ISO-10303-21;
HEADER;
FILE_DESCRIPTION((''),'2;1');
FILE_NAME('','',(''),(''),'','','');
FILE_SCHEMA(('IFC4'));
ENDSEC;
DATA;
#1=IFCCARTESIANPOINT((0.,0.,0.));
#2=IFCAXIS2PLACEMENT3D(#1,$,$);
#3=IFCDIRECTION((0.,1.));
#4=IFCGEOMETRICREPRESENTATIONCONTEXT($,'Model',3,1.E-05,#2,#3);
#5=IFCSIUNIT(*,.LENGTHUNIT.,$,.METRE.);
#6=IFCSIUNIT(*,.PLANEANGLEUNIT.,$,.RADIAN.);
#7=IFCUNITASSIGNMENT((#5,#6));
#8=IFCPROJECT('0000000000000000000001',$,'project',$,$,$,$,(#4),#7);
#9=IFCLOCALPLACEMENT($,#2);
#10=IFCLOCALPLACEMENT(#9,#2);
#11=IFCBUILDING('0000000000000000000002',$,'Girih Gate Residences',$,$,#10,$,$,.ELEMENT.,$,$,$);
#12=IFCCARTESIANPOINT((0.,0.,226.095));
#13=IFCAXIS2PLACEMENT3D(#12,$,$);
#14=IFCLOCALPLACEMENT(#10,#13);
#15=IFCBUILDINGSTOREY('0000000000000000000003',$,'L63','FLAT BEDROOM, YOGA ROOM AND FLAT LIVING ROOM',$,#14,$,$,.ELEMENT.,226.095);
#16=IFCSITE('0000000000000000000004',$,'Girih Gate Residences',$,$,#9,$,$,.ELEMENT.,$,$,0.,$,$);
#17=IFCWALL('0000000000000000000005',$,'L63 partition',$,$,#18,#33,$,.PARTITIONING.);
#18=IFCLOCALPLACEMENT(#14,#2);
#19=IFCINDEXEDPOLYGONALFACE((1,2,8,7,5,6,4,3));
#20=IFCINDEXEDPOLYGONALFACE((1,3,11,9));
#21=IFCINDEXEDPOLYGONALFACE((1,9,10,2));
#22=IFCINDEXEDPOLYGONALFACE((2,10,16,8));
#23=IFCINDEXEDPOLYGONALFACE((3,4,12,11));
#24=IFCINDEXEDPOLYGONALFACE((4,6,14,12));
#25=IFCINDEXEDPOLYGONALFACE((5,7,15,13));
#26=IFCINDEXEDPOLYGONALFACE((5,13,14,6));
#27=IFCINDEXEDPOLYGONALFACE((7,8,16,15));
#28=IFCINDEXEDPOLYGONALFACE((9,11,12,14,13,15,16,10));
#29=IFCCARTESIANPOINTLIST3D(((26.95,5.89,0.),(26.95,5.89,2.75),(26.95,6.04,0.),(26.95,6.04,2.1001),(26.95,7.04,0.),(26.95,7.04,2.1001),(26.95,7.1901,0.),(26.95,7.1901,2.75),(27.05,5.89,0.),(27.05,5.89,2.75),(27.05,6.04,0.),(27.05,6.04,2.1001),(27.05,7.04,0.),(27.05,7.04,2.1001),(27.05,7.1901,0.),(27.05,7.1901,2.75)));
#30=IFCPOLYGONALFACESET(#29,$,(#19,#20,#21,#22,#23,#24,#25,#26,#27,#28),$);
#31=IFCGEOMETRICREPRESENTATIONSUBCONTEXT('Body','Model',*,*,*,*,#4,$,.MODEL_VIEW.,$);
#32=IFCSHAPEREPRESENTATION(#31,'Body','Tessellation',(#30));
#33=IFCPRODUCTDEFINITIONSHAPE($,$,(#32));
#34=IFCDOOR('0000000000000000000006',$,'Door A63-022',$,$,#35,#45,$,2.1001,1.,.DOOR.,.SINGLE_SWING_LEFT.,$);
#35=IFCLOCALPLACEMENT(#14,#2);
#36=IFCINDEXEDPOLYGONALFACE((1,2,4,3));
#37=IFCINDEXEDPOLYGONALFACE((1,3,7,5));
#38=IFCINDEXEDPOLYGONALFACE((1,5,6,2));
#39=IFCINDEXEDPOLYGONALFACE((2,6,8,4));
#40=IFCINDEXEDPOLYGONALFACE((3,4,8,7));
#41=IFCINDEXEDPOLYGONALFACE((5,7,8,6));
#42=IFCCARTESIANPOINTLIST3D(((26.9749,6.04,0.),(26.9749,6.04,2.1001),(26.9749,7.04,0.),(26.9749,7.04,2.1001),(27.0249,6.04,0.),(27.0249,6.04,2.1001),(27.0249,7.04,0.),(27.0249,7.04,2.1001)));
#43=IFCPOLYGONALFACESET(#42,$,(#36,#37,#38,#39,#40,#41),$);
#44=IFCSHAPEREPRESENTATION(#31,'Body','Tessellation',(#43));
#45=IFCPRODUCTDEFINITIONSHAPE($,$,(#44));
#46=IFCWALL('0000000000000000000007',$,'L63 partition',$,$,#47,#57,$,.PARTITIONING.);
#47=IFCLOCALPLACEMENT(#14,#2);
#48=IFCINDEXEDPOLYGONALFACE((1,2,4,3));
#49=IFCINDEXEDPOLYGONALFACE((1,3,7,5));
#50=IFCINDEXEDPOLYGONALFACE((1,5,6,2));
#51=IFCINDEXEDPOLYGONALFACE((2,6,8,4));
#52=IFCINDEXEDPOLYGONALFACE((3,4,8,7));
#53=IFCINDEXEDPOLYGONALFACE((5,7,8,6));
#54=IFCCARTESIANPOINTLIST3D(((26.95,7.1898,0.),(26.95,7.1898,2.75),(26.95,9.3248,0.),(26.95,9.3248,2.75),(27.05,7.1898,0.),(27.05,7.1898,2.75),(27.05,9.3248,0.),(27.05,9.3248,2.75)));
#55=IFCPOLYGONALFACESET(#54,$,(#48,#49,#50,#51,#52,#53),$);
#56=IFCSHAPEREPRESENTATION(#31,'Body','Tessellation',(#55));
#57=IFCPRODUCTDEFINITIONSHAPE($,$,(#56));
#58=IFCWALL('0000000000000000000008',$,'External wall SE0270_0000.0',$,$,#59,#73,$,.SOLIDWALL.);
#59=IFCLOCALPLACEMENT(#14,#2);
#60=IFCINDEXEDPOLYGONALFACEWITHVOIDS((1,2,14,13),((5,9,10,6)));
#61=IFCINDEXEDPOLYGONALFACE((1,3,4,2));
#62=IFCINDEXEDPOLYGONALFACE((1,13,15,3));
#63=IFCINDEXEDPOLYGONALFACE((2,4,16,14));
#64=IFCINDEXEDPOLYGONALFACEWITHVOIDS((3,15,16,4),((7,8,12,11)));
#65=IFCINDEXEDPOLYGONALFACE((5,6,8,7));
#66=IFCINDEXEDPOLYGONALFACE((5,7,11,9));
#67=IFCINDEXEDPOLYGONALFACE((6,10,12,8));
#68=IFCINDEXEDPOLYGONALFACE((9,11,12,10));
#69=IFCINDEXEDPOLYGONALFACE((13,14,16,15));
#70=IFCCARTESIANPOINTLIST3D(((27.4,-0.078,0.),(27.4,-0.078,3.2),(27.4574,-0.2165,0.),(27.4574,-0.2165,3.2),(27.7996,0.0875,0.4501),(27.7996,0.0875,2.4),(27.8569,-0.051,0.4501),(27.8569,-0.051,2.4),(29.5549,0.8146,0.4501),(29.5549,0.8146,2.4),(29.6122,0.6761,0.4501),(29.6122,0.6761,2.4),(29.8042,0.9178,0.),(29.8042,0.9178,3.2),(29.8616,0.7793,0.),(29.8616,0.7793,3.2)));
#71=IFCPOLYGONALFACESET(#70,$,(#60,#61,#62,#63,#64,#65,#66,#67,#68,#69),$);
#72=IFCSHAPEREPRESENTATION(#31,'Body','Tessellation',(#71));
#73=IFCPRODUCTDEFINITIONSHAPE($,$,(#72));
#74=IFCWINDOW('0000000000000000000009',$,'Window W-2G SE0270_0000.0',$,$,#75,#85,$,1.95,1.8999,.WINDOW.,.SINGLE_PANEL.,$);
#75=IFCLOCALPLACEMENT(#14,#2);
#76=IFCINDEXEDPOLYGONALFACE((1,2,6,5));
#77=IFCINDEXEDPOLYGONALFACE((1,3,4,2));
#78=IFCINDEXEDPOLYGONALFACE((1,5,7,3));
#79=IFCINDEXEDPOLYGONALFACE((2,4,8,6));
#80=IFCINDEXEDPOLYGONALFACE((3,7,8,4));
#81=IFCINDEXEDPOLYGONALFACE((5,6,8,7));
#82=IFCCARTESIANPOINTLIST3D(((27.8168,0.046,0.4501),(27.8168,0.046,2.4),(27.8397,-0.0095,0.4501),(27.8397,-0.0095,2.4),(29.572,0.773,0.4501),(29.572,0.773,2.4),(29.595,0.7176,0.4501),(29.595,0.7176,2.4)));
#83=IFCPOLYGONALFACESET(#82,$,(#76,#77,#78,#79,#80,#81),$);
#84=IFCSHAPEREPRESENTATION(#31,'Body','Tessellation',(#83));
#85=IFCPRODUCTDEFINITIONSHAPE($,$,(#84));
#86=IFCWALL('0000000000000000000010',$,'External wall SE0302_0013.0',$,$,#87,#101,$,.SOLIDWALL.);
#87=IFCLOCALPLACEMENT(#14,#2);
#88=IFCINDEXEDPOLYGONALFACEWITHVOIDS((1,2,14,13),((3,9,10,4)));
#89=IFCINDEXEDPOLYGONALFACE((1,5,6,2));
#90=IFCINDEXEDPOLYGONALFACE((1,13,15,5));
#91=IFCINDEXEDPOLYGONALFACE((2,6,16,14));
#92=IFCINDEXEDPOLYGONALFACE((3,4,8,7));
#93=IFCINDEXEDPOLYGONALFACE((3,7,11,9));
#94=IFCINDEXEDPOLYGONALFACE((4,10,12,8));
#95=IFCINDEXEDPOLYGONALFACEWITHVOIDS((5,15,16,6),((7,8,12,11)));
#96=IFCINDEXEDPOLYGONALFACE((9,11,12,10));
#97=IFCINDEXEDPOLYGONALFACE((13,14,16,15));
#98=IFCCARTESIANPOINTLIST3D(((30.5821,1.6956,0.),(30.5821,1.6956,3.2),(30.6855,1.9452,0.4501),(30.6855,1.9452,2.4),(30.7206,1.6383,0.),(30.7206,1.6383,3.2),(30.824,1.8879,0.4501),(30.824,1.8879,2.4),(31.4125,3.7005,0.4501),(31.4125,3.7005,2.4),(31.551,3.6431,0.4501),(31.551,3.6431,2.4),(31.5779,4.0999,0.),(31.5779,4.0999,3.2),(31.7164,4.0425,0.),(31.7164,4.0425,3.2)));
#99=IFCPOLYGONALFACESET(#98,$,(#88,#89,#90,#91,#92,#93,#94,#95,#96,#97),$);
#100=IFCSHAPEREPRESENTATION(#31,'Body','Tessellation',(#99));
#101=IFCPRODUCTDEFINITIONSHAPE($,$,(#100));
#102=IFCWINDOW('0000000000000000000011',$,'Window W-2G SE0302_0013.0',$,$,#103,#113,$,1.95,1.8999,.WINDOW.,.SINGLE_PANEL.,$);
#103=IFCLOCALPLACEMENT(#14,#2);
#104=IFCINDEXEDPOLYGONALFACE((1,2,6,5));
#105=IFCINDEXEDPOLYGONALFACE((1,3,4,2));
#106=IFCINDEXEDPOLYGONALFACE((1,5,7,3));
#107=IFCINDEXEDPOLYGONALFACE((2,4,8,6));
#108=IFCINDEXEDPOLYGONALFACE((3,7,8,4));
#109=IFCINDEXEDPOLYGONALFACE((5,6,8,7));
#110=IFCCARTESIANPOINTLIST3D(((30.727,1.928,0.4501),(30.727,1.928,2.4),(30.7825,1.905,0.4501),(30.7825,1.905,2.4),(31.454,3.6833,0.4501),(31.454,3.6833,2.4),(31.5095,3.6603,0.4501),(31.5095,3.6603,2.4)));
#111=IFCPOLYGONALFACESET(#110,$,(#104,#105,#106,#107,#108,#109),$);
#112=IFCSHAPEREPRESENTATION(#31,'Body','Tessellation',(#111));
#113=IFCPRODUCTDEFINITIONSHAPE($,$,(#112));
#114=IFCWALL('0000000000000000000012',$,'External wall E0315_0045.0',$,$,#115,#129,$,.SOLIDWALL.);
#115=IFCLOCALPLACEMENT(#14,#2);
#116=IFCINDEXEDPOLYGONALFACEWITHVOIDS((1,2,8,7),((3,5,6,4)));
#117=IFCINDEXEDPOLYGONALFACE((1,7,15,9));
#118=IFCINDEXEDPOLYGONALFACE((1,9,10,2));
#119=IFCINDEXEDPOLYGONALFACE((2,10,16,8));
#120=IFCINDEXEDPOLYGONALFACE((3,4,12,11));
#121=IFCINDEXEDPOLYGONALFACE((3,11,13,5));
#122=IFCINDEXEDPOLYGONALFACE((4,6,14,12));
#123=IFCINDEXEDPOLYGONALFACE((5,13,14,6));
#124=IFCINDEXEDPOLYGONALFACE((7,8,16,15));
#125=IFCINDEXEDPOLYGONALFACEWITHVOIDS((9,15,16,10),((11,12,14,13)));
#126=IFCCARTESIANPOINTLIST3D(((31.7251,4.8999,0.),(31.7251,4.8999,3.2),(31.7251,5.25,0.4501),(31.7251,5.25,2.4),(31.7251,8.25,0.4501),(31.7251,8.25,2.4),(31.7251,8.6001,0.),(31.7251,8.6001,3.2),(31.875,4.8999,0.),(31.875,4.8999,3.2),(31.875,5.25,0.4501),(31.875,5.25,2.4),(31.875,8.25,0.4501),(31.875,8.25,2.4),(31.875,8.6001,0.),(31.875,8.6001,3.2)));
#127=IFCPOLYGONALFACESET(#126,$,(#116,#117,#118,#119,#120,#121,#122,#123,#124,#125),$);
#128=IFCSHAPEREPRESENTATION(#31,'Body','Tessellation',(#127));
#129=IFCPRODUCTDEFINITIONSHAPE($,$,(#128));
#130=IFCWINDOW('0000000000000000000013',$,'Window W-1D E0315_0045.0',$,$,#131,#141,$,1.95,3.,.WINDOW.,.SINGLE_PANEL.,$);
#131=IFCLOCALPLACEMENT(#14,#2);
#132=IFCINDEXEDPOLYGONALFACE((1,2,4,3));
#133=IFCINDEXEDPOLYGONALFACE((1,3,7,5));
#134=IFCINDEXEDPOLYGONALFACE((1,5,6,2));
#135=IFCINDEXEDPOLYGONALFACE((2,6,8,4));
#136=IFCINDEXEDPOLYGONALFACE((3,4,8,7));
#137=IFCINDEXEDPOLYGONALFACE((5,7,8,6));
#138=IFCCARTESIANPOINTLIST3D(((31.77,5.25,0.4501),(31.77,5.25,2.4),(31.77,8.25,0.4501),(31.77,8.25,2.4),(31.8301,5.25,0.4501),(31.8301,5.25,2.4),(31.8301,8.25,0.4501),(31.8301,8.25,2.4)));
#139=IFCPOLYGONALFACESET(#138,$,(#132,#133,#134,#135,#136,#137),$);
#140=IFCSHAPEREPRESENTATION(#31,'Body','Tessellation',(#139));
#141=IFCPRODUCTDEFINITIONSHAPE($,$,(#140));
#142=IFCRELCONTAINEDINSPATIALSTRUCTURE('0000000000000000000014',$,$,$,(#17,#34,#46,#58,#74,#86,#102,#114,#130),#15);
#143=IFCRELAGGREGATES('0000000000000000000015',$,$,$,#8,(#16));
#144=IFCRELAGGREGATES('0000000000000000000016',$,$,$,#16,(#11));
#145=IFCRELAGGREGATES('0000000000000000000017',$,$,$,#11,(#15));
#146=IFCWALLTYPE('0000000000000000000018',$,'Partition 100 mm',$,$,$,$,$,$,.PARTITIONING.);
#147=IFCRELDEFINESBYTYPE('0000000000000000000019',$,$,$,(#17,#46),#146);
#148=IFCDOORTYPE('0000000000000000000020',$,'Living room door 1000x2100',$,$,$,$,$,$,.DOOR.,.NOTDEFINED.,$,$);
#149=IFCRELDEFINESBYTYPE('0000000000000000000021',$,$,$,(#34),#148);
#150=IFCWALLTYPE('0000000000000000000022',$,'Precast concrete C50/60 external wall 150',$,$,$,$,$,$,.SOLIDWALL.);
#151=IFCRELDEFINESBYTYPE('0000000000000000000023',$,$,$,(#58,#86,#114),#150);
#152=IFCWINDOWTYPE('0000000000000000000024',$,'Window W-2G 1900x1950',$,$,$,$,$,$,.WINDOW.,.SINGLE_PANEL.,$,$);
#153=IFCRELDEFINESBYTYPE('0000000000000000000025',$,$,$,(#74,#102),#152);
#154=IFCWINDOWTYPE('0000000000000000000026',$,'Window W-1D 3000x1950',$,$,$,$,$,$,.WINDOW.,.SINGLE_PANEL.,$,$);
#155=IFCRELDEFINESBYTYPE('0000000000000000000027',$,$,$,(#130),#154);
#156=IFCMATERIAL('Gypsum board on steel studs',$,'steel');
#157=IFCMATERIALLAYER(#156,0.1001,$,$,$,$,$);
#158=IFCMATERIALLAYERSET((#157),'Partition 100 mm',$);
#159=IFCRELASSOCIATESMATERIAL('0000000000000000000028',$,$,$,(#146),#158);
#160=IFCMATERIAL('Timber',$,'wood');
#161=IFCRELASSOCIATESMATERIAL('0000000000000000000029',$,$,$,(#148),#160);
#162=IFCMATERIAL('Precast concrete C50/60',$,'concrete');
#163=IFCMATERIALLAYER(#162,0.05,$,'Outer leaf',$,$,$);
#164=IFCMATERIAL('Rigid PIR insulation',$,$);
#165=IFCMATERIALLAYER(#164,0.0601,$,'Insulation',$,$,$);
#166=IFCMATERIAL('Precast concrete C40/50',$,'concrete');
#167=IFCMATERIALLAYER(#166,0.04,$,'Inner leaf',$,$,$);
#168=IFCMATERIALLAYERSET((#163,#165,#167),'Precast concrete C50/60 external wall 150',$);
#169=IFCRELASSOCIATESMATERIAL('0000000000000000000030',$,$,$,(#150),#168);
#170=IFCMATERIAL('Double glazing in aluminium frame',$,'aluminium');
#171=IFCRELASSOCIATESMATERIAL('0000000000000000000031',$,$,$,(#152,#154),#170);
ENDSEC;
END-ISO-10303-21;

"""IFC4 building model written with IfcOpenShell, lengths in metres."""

from ifc_helpers import new_model, si_unit, direction, frame, frame_2d, origin, place, context, subcontext, project, spatial, rectangle, extrude, material, layer, layer_set, type_object, element, fill, save


model = new_model("IFC4")

# Units and contexts
model_context = context("Model", 3, precision=1e-05, world=origin(), true_north=direction((0.0, 1.0)))
body_context = subcontext(model_context, "Body", "Model", "MODEL_VIEW")
ifc_project = project(units=[si_unit("LENGTHUNIT", "METRE"), si_unit("PLANEANGLEUNIT", "RADIAN")], contexts=[model_context])

# Site, building, storey
site_placement = place(None, origin())
site = spatial("IfcSite", under=ifc_project, at=site_placement, Name="Girih Gate Residences", CompositionType="ELEMENT", RefElevation=0.0)
building_placement = place(site_placement, origin())
building = spatial("IfcBuilding", under=site, at=building_placement, Name="Girih Gate Residences", CompositionType="ELEMENT")
storey_placement = place(building_placement, frame((0.0, 0.0, 226.095)))
storey = spatial("IfcBuildingStorey", under=building, at=storey_placement, Name="L63", Description="FLAT BEDROOM, YOGA ROOM AND FLAT LIVING ROOM", CompositionType="ELEMENT", Elevation=226.095)

# Shared definitions
ifc_material_1 = material(Name="Gypsum board on steel studs", Category="steel")
ifc_layer_1 = layer(ifc_material_1, 0.1001)
ifc_layer_set_1 = layer_set([ifc_layer_1], Name="Partition 100 mm")
wall_type_1 = type_object("IfcWallType", Name="Partition 100 mm", PredefinedType="PARTITIONING", material=ifc_layer_set_1)
ifc_material_2 = material(Name="Timber", Category="wood")

# Wall, opening, door
wall_1_placement = place(storey_placement, frame((27.0, 7.1899, 0.0), z_axis=(0.0, 0.0, 1.0), x_axis=(0.0, -1.0, 0.0)))
wall_1 = element("IfcWall", 1, at=wall_1_placement, inside=storey, type_object=wall_type_1, Name="L63 partition", PredefinedType="PARTITIONING", context=body_context, shape_type="SweptSolid", body=[
    extrude(rectangle(XDim=1.3, YDim=0.1001, at=frame_2d((0.6499, 0.0))), origin(), (0.0, 0.0, 1.0), 2.75),
])
opening_1_placement = place(wall_1_placement, frame((0.1499, 0.0, 0.0)))
opening_1 = element("IfcOpeningElement", 2, at=opening_1_placement, cuts=wall_1, PredefinedType="OPENING", context=body_context, shape_type="SweptSolid", body=[
    extrude(rectangle(XDim=1.0, YDim=2.1001, at=frame_2d((0.5, 1.05))), frame((0.0, 0.0601, 0.0), z_axis=(0.0, -1.0, 0.0), x_axis=(1.0, 0.0, 0.0)), (0.0, 0.0, 1.0), 0.1201),
])
door_type_1 = type_object("IfcDoorType", Name="Living room door 1000x2100", OperationType="NOTDEFINED", PredefinedType="DOOR", material=ifc_material_2)
door_1_placement = place(opening_1_placement, origin())
door_1 = element("IfcDoor", 3, at=door_1_placement, inside=storey, type_object=door_type_1, Name="Door A63-022", OperationType="SINGLE_SWING_LEFT", OverallHeight=2.1001, OverallWidth=1.0, PredefinedType="DOOR", context=body_context, shape_type="SweptSolid", body=[
    extrude(rectangle(XDim=1.0, YDim=2.1001, at=frame_2d((0.5, 1.05))), frame((0.0, 0.0249, 0.0), z_axis=(0.0, -1.0, 0.0), x_axis=(1.0, 0.0, 0.0)), (0.0, 0.0, 1.0), 0.05),
])
fill(opening_1, door_1)

# Wall
wall_2_placement = place(storey_placement, frame((27.0, 7.1899, 0.0), z_axis=(0.0, 0.0, 1.0), x_axis=(0.0, 1.0, 0.0)))
element("IfcWall", 4, at=wall_2_placement, inside=storey, type_object=wall_type_1, Name="L63 partition", PredefinedType="PARTITIONING", context=body_context, shape_type="SweptSolid", body=[
    extrude(rectangle(XDim=2.135, YDim=0.1001, at=frame_2d((1.0674, 0.0))), origin(), (0.0, 0.0, 1.0), 2.75),
])

# Walls, openings, windows
ifc_material_3 = material(Name="Precast concrete C50/60", Category="concrete")
ifc_layer_2 = layer(ifc_material_3, 0.05, Name="Outer leaf")
ifc_material_4 = material(Name="Rigid PIR insulation")
ifc_layer_3 = layer(ifc_material_4, 0.0601, Name="Insulation")
ifc_material_5 = material(Name="Precast concrete C40/50", Category="concrete")
ifc_layer_4 = layer(ifc_material_5, 0.04, Name="Inner leaf")
ifc_layer_set_2 = layer_set([ifc_layer_2, ifc_layer_3, ifc_layer_4], Name="Precast concrete C50/60 external wall 150")
wall_type_2 = type_object("IfcWallType", Name="Precast concrete C50/60 external wall 150", PredefinedType="SOLIDWALL", material=ifc_layer_set_2)
wall_3_placement = place(storey_placement, frame((29.833, 0.8486, 0.0), z_axis=(0.0, 0.0, 1.0), x_axis=(-0.923885, -0.382669, 0.0)))
wall_3 = element("IfcWall", 5, at=wall_3_placement, inside=storey, type_object=wall_type_2, Name="External wall SE0270_0000.0", PredefinedType="SOLIDWALL", context=body_context, shape_type="SweptSolid", body=[
    extrude(rectangle(XDim=2.6023, YDim=0.1499, at=frame_2d((1.3013, 0.0))), origin(), (0.0, 0.0, 1.0), 3.2),
])
opening_2_placement = place(wall_3_placement, frame((0.27, 0.0, 0.45)))
opening_2 = element("IfcOpeningElement", 6, at=opening_2_placement, cuts=wall_3, PredefinedType="OPENING", context=body_context, shape_type="SweptSolid", body=[
    extrude(rectangle(XDim=1.8999, YDim=1.95, at=frame_2d((0.95, 0.9751))), frame((0.0, 0.085, 0.0), z_axis=(0.0, -1.0, 0.0), x_axis=(1.0, 0.0, 0.0)), (0.0, 0.0, 1.0), 0.1699),
])
ifc_material_6 = material(Name="Double glazing in aluminium frame", Category="aluminium")
window_type_1 = type_object("IfcWindowType", Name="Window W-2G 1900x1950", PartitioningType="SINGLE_PANEL", PredefinedType="WINDOW", material=ifc_material_6)
window_1_placement = place(opening_2_placement, origin())
window_1 = element("IfcWindow", 7, at=window_1_placement, inside=storey, type_object=window_type_1, Name="Window W-2G SE0270_0000.0", OverallHeight=1.95, OverallWidth=1.8999, PartitioningType="SINGLE_PANEL", PredefinedType="WINDOW", context=body_context, shape_type="SweptSolid", body=[
    extrude(rectangle(XDim=1.8999, YDim=1.95, at=frame_2d((0.95, 0.9751))), frame((0.0, 0.03, 0.0), z_axis=(0.0, -1.0, 0.0), x_axis=(1.0, 0.0, 0.0)), (0.0, 0.0, 1.0), 0.0601),
])
fill(opening_2, window_1)
wall_4_placement = place(storey_placement, frame((31.6472, 4.0713, 0.0), z_axis=(0.0, 0.0, 1.0), x_axis=(-0.382669, -0.923885, 0.0)))
wall_4 = element("IfcWall", 8, at=wall_4_placement, inside=storey, type_object=wall_type_2, Name="External wall SE0302_0013.0", PredefinedType="SOLIDWALL", context=body_context, shape_type="SweptSolid", body=[
    extrude(rectangle(XDim=2.6023, YDim=0.1499, at=frame_2d((1.3013, 0.0))), origin(), (0.0, 0.0, 1.0), 3.2),
])
opening_3_placement = place(wall_4_placement, frame((0.4324, 0.0, 0.45)))
opening_3 = element("IfcOpeningElement", 9, at=opening_3_placement, cuts=wall_4, PredefinedType="OPENING", context=body_context, shape_type="SweptSolid", body=[
    extrude(rectangle(XDim=1.8999, YDim=1.95, at=frame_2d((0.95, 0.9751))), frame((0.0, 0.085, 0.0), z_axis=(0.0, -1.0, 0.0), x_axis=(1.0, 0.0, 0.0)), (0.0, 0.0, 1.0), 0.1699),
])
window_2_placement = place(opening_3_placement, origin())
window_2 = element("IfcWindow", 10, at=window_2_placement, inside=storey, type_object=window_type_1, Name="Window W-2G SE0302_0013.0", OverallHeight=1.95, OverallWidth=1.8999, PartitioningType="SINGLE_PANEL", PredefinedType="WINDOW", context=body_context, shape_type="SweptSolid", body=[
    extrude(rectangle(XDim=1.8999, YDim=1.95, at=frame_2d((0.95, 0.9751))), frame((0.0, 0.03, 0.0), z_axis=(0.0, -1.0, 0.0), x_axis=(1.0, 0.0, 0.0)), (0.0, 0.0, 1.0), 0.0601),
])
fill(opening_3, window_2)
wall_5_placement = place(storey_placement, frame((31.8, 8.6001, 0.0), z_axis=(0.0, 0.0, 1.0), x_axis=(0.0, -1.0, 0.0)))
wall_5 = element("IfcWall", 11, at=wall_5_placement, inside=storey, type_object=wall_type_2, Name="External wall E0315_0045.0", PredefinedType="SOLIDWALL", context=body_context, shape_type="SweptSolid", body=[
    extrude(rectangle(XDim=3.7002, YDim=0.1499, at=frame_2d((1.8501, 0.0))), origin(), (0.0, 0.0, 1.0), 3.2),
])
opening_4_placement = place(wall_5_placement, frame((0.3501, 0.0, 0.45)))
opening_4 = element("IfcOpeningElement", 12, at=opening_4_placement, cuts=wall_5, PredefinedType="OPENING", context=body_context, shape_type="SweptSolid", body=[
    extrude(rectangle(XDim=3.0, YDim=1.95, at=frame_2d((1.5, 0.9751))), frame((0.0, 0.085, 0.0), z_axis=(0.0, -1.0, 0.0), x_axis=(1.0, 0.0, 0.0)), (0.0, 0.0, 1.0), 0.1699),
])
window_type_2 = type_object("IfcWindowType", Name="Window W-1D 3000x1950", PartitioningType="SINGLE_PANEL", PredefinedType="WINDOW", material=ifc_material_6)
window_3_placement = place(opening_4_placement, origin())
window_3 = element("IfcWindow", 13, at=window_3_placement, inside=storey, type_object=window_type_2, Name="Window W-1D E0315_0045.0", OverallHeight=1.95, OverallWidth=3.0, PartitioningType="SINGLE_PANEL", PredefinedType="WINDOW", context=body_context, shape_type="SweptSolid", body=[
    extrude(rectangle(XDim=3.0, YDim=1.95, at=frame_2d((1.5, 0.9751))), frame((0.0, 0.03, 0.0), z_axis=(0.0, -1.0, 0.0), x_axis=(1.0, 0.0, 0.0)), (0.0, 0.0, 1.0), 0.0601),
])
fill(opening_4, window_3)

save(model, "model.ifc")
